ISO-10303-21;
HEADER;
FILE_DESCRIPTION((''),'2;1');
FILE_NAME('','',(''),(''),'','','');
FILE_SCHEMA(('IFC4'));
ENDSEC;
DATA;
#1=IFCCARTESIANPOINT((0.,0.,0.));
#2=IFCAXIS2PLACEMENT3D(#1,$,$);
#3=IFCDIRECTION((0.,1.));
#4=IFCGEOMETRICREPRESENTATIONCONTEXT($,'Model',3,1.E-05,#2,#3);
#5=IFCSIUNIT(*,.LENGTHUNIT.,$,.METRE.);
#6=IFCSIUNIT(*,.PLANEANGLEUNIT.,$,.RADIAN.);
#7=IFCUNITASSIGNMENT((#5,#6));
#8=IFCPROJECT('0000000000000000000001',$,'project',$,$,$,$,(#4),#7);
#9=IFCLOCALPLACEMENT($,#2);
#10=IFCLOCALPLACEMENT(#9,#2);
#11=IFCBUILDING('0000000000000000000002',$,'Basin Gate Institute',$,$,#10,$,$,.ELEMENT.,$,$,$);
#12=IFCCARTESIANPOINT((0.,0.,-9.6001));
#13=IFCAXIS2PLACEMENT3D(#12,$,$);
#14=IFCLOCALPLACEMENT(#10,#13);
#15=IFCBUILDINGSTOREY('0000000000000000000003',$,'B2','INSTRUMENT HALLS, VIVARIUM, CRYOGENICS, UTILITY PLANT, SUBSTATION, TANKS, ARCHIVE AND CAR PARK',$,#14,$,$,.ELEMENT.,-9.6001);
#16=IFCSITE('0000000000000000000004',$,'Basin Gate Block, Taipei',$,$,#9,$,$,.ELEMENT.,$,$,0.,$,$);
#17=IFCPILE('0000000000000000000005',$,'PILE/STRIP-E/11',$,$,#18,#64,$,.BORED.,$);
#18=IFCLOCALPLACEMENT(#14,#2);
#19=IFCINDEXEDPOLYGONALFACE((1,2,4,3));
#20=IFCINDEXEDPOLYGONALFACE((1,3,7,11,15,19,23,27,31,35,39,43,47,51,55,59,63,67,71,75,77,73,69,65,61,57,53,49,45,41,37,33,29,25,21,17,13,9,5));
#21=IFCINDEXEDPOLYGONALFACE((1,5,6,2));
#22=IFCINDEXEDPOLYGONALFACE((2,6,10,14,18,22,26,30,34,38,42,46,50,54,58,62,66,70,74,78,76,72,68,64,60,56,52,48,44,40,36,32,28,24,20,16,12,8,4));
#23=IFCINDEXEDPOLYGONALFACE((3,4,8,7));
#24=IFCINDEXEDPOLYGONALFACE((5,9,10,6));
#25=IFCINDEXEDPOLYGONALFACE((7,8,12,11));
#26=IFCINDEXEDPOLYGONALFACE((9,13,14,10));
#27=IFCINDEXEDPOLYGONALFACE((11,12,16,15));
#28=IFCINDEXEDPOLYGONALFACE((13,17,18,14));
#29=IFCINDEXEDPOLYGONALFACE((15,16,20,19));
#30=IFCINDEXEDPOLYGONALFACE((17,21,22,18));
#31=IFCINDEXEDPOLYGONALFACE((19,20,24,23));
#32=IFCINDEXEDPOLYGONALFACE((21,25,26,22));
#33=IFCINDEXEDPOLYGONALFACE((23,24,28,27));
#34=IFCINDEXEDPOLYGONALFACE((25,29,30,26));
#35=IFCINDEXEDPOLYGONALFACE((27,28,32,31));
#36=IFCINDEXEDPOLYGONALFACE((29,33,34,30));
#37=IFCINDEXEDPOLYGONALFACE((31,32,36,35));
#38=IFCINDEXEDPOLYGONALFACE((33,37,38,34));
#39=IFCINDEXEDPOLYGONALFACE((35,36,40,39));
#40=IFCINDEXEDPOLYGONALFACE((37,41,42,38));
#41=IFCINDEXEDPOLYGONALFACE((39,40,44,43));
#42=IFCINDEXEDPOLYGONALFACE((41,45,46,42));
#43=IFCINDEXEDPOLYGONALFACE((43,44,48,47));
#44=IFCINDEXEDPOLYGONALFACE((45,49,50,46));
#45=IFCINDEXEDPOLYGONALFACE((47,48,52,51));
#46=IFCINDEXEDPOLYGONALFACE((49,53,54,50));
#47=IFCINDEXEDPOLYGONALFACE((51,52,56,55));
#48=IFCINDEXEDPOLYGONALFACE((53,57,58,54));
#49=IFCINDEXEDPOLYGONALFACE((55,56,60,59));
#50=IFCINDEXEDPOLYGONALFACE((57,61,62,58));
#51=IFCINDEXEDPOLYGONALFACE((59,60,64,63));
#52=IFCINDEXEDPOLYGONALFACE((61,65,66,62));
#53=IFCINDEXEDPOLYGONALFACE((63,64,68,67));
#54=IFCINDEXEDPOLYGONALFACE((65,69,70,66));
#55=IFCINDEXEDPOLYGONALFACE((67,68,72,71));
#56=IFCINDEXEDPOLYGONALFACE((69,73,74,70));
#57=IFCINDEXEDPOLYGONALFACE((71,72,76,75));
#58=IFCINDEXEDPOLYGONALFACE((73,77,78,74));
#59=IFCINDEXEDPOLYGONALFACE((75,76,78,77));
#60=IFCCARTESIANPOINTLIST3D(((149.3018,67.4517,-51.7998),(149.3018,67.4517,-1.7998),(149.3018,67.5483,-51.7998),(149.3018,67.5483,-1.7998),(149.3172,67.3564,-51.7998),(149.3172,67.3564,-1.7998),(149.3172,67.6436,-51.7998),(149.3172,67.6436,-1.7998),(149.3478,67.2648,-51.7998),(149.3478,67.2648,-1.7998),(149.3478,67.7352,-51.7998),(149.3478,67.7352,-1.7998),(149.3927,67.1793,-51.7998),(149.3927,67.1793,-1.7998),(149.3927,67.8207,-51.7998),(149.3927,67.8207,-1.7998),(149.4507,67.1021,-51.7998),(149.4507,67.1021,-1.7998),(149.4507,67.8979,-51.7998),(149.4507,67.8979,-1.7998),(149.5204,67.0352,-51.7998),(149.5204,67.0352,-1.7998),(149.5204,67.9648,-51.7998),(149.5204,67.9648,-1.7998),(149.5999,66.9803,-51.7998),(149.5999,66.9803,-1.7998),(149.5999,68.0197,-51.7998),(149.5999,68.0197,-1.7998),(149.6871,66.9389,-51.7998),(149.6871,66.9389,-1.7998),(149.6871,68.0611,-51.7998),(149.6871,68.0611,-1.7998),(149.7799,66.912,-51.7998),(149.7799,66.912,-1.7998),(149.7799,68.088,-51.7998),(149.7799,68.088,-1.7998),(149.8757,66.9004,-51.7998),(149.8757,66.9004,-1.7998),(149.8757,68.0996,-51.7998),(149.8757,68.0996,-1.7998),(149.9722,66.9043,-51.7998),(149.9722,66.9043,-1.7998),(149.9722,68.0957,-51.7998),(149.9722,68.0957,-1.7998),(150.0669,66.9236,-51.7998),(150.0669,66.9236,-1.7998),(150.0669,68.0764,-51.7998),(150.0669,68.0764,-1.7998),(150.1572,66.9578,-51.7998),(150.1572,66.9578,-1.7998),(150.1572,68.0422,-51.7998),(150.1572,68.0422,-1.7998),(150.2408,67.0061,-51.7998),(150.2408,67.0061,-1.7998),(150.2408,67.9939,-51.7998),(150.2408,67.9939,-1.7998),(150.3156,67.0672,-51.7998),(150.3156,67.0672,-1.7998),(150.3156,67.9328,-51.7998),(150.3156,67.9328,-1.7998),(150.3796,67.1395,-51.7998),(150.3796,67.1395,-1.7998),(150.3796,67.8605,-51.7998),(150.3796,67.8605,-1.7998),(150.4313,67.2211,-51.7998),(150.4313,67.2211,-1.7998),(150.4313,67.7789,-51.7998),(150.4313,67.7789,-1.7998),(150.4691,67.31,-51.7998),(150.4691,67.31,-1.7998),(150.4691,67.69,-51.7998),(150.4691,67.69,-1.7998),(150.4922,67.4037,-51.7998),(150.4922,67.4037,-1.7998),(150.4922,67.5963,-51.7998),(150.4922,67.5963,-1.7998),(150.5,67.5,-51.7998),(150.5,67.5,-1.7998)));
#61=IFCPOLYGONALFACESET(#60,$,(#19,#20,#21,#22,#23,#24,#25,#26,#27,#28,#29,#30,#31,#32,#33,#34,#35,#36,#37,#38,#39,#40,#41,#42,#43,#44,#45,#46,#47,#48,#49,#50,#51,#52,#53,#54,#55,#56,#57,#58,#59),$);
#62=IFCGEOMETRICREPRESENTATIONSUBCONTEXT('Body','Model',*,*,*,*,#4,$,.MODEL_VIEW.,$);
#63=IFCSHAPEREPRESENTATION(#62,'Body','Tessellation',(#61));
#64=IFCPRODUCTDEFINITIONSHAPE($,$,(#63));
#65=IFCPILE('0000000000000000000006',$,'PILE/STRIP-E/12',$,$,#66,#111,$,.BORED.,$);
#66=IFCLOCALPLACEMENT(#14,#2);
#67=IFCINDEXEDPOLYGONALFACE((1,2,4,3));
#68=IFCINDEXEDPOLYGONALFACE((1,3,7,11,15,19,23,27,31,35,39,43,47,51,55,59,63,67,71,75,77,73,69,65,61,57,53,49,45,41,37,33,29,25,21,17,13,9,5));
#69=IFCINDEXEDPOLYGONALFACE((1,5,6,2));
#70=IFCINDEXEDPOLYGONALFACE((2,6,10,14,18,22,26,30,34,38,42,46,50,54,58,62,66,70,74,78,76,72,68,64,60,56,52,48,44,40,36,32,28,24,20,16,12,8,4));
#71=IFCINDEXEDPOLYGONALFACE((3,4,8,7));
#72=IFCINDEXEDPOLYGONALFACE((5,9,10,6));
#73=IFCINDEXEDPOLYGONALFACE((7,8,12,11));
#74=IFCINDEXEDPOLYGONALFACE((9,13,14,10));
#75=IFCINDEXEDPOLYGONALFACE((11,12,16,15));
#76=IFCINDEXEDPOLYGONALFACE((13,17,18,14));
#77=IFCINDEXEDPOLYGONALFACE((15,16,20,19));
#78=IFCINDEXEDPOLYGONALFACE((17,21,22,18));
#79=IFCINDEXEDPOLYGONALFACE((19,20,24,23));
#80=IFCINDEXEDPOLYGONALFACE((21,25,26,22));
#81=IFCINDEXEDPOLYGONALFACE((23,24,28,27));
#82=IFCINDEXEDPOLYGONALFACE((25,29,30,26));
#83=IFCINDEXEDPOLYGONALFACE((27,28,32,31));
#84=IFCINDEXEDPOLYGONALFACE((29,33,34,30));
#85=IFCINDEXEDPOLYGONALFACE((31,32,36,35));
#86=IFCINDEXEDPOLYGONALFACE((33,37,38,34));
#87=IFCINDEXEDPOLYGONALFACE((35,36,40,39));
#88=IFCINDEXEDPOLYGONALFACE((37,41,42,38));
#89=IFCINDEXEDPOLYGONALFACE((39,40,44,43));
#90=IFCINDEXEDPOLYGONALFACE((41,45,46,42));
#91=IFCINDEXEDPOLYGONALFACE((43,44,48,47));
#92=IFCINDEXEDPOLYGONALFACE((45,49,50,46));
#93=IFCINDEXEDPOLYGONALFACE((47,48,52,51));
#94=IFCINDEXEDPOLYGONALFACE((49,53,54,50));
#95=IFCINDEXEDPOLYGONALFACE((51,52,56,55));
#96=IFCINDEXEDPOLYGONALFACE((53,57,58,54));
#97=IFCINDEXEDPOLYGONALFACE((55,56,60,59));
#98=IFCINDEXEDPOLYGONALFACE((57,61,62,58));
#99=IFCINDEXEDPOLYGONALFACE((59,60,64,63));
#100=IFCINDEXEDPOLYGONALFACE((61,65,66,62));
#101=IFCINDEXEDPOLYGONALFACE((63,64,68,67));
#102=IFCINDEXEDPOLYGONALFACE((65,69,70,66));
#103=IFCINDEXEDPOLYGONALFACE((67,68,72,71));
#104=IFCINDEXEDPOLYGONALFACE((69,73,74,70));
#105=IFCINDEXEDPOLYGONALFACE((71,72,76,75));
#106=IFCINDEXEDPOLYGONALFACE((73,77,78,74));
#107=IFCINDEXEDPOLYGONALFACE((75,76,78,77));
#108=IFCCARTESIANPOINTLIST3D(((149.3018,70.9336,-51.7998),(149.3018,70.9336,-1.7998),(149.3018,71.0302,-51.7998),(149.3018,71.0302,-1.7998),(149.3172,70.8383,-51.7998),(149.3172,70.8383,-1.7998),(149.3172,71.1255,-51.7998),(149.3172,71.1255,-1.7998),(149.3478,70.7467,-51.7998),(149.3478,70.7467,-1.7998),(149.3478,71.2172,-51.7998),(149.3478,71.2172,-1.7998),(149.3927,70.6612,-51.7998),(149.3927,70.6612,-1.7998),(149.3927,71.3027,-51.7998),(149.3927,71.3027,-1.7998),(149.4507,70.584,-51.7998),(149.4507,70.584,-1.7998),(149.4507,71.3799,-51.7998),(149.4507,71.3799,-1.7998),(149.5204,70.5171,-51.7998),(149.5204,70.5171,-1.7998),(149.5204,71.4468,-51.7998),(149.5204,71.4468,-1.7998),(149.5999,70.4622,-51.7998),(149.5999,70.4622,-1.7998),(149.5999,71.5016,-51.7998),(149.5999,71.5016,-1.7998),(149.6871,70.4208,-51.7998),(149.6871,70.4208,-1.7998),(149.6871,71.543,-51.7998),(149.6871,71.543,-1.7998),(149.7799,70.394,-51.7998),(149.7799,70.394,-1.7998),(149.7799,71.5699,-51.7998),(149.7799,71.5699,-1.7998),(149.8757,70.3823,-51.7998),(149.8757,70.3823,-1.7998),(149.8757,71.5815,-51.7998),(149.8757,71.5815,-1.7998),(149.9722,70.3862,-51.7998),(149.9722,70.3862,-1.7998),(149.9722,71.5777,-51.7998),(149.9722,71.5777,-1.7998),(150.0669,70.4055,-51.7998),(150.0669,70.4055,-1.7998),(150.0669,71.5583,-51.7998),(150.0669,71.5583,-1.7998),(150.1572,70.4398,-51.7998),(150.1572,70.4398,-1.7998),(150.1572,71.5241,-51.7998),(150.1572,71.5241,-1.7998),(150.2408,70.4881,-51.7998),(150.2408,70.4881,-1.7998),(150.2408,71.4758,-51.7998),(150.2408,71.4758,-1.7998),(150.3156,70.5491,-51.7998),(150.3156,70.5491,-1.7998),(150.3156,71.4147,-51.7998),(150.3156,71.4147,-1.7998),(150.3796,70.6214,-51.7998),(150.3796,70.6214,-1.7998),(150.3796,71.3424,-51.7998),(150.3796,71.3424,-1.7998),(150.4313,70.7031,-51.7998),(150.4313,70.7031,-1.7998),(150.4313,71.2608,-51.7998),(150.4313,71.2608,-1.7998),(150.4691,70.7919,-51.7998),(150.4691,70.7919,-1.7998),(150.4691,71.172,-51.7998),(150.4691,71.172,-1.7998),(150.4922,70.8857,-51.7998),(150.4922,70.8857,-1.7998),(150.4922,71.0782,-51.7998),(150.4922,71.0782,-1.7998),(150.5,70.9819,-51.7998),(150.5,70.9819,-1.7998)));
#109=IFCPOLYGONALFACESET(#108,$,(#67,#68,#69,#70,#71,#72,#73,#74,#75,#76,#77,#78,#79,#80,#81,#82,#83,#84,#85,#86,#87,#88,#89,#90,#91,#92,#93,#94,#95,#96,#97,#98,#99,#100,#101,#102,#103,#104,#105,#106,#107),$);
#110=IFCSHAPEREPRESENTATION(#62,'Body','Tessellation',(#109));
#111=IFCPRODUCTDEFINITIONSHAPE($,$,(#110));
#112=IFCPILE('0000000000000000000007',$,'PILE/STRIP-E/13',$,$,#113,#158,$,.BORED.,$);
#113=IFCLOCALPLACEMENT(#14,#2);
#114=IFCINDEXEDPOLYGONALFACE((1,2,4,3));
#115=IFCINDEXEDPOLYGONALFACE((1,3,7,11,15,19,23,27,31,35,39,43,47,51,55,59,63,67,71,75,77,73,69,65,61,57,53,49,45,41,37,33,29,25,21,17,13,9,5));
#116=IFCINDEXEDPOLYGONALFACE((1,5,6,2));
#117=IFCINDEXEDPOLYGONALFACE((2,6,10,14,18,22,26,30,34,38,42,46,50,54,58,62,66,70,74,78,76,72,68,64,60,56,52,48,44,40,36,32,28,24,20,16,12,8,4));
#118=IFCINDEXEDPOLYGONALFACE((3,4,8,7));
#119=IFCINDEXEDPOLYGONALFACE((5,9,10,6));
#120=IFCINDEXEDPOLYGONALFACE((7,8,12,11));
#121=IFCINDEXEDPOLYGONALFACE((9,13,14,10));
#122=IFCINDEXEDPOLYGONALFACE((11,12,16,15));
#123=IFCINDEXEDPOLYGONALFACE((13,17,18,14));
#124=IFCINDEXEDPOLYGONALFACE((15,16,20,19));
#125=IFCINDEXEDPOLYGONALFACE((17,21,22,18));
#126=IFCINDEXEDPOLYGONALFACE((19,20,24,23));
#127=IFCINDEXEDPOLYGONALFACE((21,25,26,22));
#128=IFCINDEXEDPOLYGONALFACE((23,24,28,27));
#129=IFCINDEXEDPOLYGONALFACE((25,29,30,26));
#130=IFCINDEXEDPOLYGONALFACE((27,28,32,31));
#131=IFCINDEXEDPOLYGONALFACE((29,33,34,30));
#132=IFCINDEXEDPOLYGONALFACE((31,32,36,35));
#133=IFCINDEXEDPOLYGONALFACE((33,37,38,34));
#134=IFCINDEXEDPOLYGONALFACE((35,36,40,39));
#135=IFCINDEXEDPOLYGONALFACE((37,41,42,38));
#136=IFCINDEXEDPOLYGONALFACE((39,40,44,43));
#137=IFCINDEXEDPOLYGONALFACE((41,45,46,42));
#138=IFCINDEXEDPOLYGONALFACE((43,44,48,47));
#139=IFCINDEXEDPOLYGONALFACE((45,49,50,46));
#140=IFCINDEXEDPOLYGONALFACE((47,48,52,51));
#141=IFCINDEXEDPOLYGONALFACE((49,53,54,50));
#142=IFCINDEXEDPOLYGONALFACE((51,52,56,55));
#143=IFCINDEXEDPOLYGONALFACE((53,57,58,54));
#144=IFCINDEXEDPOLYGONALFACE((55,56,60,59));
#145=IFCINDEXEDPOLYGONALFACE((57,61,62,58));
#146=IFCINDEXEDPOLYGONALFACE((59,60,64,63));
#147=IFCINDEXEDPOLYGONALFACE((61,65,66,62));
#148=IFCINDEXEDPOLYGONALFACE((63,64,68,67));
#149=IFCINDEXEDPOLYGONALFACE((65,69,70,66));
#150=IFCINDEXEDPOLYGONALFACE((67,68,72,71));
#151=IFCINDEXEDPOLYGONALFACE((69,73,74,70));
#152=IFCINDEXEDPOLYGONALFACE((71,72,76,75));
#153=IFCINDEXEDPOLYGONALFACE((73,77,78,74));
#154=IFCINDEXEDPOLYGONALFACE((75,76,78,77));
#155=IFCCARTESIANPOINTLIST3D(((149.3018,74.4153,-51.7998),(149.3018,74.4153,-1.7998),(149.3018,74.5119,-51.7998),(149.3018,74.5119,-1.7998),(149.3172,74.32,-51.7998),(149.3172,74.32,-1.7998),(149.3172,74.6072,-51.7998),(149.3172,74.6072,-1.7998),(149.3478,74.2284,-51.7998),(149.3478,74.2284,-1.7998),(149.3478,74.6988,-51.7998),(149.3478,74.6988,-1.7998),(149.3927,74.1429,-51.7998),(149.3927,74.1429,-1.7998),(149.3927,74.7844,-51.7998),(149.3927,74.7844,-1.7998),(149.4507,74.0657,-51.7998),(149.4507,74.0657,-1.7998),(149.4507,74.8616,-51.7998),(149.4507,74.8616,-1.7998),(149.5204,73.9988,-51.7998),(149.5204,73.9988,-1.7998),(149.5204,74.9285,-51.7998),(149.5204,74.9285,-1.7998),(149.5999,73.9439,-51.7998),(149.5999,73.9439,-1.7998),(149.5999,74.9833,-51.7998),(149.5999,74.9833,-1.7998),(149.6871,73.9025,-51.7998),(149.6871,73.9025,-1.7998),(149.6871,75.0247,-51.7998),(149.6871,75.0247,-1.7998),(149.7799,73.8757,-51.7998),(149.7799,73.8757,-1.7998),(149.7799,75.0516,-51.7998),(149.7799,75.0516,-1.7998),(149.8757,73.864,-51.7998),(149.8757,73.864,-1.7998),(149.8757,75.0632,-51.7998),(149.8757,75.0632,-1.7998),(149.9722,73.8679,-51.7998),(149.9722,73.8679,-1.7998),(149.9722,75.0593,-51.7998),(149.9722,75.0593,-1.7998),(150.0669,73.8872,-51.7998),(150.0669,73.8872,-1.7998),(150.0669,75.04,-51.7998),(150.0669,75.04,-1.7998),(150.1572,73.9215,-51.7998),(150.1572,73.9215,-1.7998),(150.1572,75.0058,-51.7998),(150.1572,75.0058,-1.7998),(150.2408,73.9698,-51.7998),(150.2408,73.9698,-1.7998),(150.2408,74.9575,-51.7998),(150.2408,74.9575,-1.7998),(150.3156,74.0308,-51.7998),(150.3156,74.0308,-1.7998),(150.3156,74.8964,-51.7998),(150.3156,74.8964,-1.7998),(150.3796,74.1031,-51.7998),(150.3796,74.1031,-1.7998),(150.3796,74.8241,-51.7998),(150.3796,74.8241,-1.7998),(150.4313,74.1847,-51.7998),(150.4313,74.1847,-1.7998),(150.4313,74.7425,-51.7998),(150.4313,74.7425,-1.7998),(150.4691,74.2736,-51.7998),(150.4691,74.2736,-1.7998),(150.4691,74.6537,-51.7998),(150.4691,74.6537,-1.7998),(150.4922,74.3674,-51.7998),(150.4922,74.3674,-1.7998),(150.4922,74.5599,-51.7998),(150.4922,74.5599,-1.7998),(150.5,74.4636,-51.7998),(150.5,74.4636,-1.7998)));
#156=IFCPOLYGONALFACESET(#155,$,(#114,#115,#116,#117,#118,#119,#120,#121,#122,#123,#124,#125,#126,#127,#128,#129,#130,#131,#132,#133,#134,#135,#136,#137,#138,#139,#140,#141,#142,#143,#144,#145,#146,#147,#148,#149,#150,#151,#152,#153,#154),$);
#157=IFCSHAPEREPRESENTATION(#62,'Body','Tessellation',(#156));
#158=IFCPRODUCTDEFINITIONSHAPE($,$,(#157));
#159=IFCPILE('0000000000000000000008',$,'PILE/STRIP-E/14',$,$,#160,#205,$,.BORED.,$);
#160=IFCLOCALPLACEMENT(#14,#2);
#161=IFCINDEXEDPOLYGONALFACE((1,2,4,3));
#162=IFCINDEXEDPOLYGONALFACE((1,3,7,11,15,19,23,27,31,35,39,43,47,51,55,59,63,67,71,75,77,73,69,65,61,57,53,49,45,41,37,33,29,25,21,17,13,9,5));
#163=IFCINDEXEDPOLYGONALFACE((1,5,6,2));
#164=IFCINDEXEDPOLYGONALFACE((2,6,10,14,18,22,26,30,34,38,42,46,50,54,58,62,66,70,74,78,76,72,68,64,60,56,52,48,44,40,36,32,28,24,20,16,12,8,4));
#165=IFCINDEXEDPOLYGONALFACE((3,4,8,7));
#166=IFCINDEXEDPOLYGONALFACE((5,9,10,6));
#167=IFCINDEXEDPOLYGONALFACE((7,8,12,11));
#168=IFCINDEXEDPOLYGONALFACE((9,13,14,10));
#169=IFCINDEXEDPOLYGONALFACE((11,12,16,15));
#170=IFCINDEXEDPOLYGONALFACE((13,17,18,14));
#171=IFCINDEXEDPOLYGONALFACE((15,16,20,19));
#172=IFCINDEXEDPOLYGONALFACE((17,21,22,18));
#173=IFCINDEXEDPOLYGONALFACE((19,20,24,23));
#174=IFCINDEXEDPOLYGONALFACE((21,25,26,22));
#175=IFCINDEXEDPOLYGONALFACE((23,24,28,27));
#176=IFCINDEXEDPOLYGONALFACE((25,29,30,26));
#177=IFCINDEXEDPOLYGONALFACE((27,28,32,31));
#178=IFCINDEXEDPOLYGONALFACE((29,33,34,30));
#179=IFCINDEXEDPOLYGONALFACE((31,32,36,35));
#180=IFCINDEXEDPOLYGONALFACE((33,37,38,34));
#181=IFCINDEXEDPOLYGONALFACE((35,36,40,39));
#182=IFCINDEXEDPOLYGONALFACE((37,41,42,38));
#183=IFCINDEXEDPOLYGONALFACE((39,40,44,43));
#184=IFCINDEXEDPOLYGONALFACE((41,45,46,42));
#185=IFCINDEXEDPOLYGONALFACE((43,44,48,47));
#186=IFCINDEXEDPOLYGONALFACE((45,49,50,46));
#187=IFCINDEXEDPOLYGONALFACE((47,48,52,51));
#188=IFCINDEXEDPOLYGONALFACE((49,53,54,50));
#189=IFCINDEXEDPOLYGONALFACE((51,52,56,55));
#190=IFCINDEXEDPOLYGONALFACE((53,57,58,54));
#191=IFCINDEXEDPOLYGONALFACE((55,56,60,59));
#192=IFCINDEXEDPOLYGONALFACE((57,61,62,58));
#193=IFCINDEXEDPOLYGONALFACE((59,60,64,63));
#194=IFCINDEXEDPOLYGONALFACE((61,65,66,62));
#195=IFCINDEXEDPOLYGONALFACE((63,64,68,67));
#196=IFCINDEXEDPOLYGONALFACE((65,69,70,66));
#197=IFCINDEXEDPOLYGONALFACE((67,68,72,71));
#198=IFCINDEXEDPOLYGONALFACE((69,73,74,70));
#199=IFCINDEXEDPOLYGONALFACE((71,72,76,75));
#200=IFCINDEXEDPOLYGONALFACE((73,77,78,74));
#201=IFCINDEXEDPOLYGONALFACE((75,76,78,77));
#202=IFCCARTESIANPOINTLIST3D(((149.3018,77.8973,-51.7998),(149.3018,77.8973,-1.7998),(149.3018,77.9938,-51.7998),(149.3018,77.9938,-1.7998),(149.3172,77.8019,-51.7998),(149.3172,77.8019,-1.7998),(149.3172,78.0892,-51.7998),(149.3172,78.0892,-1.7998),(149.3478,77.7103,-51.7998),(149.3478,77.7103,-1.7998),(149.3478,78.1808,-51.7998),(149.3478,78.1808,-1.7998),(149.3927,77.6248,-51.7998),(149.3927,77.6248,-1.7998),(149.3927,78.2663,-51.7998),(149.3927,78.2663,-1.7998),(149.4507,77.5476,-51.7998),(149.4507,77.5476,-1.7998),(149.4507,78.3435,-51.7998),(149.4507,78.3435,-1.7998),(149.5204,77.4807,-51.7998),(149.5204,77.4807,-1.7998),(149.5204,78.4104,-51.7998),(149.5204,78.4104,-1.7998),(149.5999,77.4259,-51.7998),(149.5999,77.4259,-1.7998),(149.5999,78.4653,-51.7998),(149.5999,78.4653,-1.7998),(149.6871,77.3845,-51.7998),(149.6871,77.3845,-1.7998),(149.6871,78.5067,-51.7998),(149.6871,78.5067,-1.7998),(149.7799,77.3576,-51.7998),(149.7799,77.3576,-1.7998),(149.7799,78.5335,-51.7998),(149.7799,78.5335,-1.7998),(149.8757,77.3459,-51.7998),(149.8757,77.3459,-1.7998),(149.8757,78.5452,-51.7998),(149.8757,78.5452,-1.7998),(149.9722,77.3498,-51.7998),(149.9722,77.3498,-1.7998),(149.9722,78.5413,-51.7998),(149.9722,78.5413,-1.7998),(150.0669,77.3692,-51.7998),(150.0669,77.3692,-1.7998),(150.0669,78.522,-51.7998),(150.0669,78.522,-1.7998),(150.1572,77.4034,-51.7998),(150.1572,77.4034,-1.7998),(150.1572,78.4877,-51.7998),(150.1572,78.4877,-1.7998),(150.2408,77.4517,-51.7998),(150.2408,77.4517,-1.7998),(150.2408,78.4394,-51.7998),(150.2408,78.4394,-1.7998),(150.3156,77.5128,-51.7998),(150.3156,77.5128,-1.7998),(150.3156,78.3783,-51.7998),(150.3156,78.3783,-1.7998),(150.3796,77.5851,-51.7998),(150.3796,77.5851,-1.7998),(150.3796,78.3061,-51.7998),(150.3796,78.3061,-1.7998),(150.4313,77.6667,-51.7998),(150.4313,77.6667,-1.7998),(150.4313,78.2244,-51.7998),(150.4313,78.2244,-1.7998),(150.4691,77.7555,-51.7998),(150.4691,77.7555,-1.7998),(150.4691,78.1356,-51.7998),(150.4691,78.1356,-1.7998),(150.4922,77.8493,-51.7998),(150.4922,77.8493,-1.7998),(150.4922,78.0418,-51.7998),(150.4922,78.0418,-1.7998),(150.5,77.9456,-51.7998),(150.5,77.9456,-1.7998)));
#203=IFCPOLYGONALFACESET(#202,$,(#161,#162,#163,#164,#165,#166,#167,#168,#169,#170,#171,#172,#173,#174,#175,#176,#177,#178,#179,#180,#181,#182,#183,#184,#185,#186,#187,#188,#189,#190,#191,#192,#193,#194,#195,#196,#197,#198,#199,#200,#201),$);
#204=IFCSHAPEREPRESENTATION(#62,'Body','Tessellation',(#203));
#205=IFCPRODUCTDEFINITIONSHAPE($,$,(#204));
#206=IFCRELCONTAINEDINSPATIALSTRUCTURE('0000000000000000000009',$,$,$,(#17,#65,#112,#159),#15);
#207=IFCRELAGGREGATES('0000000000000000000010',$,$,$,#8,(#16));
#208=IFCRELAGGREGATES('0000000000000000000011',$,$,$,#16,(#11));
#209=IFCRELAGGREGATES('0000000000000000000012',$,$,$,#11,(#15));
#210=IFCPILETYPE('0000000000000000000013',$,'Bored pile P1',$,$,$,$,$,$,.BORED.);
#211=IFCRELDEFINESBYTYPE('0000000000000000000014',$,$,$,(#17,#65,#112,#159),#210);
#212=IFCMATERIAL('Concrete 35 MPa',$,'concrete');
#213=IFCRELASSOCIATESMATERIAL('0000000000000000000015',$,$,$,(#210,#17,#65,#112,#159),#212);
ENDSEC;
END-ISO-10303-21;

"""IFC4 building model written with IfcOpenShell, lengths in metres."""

from ifc_helpers import new_model, si_unit, direction, frame, origin, origin_2d, place, context, subcontext, project, spatial, circle, extrude, material, material_profile, profile_set, type_object, element, save


model = new_model("IFC4")

# Units and contexts
model_context = context("Model", 3, precision=1e-05, world=origin(), true_north=direction((0.0, 1.0)))
body_context = subcontext(model_context, "Body", "Model", "MODEL_VIEW")
ifc_project = project(units=[si_unit("LENGTHUNIT", "METRE"), si_unit("PLANEANGLEUNIT", "RADIAN")], contexts=[model_context])

# Site, building, storey
site_placement = place(None, origin())
site = spatial("IfcSite", under=ifc_project, at=site_placement, Name="Basin Gate Block, Taipei", CompositionType="ELEMENT", RefElevation=0.0)
building_placement = place(site_placement, origin())
building = spatial("IfcBuilding", under=site, at=building_placement, Name="Basin Gate Institute", CompositionType="ELEMENT")
storey_placement = place(building_placement, frame((0.0, 0.0, -9.6001)))
storey = spatial("IfcBuildingStorey", under=building, at=storey_placement, Name="B2", Description="INSTRUMENT HALLS, VIVARIUM, CRYOGENICS, UTILITY PLANT, SUBSTATION, TANKS, ARCHIVE AND CAR PARK", CompositionType="ELEMENT", Elevation=-9.6001)

# Piles
ifc_material_1 = material(Name="Concrete 35 MPa", Category="concrete")
ifc_material_profile_1 = material_profile(ifc_material_1, circle(Radius=0.6001, at=origin_2d()), Name="Bored pile P1 1200 dia")
ifc_profile_set_1 = profile_set([ifc_material_profile_1], Name="Concrete 35 MPa")
pile_type = type_object("IfcPileType", Name="Bored pile P1", PredefinedType="BORED", material=ifc_profile_set_1)
for number, where, z_axis, x_axis, name in (
    (1, (149.8999, 67.5, -1.7998), (0.0, 0.0, -1.0), (1.0, 0.0, 0.0), "PILE/STRIP-E/11"),
    (2, (149.8999, 70.9819, -1.7998), (0.0, 0.0, -1.0), (1.0, 0.0, 0.0), "PILE/STRIP-E/12"),
    (3, (149.8999, 74.4636, -1.7998), (0.0, 0.0, -1.0), (1.0, 0.0, 0.0), "PILE/STRIP-E/13"),
    (4, (149.8999, 77.9456, -1.7998), (0.0, 0.0, -1.0), (1.0, 0.0, 0.0), "PILE/STRIP-E/14"),
):
    element("IfcPile", number, at=place(storey_placement, frame(where, z_axis=z_axis, x_axis=x_axis)), inside=storey, type_object=pile_type, material=ifc_profile_set_1, Name=name, PredefinedType="BORED", context=body_context, shape_type="SweptSolid", body=[
        extrude(circle(Radius=0.6001, at=origin_2d()), origin(), (0.0, 0.0, 1.0), 50.0),
    ])

save(model, "model.ifc")
